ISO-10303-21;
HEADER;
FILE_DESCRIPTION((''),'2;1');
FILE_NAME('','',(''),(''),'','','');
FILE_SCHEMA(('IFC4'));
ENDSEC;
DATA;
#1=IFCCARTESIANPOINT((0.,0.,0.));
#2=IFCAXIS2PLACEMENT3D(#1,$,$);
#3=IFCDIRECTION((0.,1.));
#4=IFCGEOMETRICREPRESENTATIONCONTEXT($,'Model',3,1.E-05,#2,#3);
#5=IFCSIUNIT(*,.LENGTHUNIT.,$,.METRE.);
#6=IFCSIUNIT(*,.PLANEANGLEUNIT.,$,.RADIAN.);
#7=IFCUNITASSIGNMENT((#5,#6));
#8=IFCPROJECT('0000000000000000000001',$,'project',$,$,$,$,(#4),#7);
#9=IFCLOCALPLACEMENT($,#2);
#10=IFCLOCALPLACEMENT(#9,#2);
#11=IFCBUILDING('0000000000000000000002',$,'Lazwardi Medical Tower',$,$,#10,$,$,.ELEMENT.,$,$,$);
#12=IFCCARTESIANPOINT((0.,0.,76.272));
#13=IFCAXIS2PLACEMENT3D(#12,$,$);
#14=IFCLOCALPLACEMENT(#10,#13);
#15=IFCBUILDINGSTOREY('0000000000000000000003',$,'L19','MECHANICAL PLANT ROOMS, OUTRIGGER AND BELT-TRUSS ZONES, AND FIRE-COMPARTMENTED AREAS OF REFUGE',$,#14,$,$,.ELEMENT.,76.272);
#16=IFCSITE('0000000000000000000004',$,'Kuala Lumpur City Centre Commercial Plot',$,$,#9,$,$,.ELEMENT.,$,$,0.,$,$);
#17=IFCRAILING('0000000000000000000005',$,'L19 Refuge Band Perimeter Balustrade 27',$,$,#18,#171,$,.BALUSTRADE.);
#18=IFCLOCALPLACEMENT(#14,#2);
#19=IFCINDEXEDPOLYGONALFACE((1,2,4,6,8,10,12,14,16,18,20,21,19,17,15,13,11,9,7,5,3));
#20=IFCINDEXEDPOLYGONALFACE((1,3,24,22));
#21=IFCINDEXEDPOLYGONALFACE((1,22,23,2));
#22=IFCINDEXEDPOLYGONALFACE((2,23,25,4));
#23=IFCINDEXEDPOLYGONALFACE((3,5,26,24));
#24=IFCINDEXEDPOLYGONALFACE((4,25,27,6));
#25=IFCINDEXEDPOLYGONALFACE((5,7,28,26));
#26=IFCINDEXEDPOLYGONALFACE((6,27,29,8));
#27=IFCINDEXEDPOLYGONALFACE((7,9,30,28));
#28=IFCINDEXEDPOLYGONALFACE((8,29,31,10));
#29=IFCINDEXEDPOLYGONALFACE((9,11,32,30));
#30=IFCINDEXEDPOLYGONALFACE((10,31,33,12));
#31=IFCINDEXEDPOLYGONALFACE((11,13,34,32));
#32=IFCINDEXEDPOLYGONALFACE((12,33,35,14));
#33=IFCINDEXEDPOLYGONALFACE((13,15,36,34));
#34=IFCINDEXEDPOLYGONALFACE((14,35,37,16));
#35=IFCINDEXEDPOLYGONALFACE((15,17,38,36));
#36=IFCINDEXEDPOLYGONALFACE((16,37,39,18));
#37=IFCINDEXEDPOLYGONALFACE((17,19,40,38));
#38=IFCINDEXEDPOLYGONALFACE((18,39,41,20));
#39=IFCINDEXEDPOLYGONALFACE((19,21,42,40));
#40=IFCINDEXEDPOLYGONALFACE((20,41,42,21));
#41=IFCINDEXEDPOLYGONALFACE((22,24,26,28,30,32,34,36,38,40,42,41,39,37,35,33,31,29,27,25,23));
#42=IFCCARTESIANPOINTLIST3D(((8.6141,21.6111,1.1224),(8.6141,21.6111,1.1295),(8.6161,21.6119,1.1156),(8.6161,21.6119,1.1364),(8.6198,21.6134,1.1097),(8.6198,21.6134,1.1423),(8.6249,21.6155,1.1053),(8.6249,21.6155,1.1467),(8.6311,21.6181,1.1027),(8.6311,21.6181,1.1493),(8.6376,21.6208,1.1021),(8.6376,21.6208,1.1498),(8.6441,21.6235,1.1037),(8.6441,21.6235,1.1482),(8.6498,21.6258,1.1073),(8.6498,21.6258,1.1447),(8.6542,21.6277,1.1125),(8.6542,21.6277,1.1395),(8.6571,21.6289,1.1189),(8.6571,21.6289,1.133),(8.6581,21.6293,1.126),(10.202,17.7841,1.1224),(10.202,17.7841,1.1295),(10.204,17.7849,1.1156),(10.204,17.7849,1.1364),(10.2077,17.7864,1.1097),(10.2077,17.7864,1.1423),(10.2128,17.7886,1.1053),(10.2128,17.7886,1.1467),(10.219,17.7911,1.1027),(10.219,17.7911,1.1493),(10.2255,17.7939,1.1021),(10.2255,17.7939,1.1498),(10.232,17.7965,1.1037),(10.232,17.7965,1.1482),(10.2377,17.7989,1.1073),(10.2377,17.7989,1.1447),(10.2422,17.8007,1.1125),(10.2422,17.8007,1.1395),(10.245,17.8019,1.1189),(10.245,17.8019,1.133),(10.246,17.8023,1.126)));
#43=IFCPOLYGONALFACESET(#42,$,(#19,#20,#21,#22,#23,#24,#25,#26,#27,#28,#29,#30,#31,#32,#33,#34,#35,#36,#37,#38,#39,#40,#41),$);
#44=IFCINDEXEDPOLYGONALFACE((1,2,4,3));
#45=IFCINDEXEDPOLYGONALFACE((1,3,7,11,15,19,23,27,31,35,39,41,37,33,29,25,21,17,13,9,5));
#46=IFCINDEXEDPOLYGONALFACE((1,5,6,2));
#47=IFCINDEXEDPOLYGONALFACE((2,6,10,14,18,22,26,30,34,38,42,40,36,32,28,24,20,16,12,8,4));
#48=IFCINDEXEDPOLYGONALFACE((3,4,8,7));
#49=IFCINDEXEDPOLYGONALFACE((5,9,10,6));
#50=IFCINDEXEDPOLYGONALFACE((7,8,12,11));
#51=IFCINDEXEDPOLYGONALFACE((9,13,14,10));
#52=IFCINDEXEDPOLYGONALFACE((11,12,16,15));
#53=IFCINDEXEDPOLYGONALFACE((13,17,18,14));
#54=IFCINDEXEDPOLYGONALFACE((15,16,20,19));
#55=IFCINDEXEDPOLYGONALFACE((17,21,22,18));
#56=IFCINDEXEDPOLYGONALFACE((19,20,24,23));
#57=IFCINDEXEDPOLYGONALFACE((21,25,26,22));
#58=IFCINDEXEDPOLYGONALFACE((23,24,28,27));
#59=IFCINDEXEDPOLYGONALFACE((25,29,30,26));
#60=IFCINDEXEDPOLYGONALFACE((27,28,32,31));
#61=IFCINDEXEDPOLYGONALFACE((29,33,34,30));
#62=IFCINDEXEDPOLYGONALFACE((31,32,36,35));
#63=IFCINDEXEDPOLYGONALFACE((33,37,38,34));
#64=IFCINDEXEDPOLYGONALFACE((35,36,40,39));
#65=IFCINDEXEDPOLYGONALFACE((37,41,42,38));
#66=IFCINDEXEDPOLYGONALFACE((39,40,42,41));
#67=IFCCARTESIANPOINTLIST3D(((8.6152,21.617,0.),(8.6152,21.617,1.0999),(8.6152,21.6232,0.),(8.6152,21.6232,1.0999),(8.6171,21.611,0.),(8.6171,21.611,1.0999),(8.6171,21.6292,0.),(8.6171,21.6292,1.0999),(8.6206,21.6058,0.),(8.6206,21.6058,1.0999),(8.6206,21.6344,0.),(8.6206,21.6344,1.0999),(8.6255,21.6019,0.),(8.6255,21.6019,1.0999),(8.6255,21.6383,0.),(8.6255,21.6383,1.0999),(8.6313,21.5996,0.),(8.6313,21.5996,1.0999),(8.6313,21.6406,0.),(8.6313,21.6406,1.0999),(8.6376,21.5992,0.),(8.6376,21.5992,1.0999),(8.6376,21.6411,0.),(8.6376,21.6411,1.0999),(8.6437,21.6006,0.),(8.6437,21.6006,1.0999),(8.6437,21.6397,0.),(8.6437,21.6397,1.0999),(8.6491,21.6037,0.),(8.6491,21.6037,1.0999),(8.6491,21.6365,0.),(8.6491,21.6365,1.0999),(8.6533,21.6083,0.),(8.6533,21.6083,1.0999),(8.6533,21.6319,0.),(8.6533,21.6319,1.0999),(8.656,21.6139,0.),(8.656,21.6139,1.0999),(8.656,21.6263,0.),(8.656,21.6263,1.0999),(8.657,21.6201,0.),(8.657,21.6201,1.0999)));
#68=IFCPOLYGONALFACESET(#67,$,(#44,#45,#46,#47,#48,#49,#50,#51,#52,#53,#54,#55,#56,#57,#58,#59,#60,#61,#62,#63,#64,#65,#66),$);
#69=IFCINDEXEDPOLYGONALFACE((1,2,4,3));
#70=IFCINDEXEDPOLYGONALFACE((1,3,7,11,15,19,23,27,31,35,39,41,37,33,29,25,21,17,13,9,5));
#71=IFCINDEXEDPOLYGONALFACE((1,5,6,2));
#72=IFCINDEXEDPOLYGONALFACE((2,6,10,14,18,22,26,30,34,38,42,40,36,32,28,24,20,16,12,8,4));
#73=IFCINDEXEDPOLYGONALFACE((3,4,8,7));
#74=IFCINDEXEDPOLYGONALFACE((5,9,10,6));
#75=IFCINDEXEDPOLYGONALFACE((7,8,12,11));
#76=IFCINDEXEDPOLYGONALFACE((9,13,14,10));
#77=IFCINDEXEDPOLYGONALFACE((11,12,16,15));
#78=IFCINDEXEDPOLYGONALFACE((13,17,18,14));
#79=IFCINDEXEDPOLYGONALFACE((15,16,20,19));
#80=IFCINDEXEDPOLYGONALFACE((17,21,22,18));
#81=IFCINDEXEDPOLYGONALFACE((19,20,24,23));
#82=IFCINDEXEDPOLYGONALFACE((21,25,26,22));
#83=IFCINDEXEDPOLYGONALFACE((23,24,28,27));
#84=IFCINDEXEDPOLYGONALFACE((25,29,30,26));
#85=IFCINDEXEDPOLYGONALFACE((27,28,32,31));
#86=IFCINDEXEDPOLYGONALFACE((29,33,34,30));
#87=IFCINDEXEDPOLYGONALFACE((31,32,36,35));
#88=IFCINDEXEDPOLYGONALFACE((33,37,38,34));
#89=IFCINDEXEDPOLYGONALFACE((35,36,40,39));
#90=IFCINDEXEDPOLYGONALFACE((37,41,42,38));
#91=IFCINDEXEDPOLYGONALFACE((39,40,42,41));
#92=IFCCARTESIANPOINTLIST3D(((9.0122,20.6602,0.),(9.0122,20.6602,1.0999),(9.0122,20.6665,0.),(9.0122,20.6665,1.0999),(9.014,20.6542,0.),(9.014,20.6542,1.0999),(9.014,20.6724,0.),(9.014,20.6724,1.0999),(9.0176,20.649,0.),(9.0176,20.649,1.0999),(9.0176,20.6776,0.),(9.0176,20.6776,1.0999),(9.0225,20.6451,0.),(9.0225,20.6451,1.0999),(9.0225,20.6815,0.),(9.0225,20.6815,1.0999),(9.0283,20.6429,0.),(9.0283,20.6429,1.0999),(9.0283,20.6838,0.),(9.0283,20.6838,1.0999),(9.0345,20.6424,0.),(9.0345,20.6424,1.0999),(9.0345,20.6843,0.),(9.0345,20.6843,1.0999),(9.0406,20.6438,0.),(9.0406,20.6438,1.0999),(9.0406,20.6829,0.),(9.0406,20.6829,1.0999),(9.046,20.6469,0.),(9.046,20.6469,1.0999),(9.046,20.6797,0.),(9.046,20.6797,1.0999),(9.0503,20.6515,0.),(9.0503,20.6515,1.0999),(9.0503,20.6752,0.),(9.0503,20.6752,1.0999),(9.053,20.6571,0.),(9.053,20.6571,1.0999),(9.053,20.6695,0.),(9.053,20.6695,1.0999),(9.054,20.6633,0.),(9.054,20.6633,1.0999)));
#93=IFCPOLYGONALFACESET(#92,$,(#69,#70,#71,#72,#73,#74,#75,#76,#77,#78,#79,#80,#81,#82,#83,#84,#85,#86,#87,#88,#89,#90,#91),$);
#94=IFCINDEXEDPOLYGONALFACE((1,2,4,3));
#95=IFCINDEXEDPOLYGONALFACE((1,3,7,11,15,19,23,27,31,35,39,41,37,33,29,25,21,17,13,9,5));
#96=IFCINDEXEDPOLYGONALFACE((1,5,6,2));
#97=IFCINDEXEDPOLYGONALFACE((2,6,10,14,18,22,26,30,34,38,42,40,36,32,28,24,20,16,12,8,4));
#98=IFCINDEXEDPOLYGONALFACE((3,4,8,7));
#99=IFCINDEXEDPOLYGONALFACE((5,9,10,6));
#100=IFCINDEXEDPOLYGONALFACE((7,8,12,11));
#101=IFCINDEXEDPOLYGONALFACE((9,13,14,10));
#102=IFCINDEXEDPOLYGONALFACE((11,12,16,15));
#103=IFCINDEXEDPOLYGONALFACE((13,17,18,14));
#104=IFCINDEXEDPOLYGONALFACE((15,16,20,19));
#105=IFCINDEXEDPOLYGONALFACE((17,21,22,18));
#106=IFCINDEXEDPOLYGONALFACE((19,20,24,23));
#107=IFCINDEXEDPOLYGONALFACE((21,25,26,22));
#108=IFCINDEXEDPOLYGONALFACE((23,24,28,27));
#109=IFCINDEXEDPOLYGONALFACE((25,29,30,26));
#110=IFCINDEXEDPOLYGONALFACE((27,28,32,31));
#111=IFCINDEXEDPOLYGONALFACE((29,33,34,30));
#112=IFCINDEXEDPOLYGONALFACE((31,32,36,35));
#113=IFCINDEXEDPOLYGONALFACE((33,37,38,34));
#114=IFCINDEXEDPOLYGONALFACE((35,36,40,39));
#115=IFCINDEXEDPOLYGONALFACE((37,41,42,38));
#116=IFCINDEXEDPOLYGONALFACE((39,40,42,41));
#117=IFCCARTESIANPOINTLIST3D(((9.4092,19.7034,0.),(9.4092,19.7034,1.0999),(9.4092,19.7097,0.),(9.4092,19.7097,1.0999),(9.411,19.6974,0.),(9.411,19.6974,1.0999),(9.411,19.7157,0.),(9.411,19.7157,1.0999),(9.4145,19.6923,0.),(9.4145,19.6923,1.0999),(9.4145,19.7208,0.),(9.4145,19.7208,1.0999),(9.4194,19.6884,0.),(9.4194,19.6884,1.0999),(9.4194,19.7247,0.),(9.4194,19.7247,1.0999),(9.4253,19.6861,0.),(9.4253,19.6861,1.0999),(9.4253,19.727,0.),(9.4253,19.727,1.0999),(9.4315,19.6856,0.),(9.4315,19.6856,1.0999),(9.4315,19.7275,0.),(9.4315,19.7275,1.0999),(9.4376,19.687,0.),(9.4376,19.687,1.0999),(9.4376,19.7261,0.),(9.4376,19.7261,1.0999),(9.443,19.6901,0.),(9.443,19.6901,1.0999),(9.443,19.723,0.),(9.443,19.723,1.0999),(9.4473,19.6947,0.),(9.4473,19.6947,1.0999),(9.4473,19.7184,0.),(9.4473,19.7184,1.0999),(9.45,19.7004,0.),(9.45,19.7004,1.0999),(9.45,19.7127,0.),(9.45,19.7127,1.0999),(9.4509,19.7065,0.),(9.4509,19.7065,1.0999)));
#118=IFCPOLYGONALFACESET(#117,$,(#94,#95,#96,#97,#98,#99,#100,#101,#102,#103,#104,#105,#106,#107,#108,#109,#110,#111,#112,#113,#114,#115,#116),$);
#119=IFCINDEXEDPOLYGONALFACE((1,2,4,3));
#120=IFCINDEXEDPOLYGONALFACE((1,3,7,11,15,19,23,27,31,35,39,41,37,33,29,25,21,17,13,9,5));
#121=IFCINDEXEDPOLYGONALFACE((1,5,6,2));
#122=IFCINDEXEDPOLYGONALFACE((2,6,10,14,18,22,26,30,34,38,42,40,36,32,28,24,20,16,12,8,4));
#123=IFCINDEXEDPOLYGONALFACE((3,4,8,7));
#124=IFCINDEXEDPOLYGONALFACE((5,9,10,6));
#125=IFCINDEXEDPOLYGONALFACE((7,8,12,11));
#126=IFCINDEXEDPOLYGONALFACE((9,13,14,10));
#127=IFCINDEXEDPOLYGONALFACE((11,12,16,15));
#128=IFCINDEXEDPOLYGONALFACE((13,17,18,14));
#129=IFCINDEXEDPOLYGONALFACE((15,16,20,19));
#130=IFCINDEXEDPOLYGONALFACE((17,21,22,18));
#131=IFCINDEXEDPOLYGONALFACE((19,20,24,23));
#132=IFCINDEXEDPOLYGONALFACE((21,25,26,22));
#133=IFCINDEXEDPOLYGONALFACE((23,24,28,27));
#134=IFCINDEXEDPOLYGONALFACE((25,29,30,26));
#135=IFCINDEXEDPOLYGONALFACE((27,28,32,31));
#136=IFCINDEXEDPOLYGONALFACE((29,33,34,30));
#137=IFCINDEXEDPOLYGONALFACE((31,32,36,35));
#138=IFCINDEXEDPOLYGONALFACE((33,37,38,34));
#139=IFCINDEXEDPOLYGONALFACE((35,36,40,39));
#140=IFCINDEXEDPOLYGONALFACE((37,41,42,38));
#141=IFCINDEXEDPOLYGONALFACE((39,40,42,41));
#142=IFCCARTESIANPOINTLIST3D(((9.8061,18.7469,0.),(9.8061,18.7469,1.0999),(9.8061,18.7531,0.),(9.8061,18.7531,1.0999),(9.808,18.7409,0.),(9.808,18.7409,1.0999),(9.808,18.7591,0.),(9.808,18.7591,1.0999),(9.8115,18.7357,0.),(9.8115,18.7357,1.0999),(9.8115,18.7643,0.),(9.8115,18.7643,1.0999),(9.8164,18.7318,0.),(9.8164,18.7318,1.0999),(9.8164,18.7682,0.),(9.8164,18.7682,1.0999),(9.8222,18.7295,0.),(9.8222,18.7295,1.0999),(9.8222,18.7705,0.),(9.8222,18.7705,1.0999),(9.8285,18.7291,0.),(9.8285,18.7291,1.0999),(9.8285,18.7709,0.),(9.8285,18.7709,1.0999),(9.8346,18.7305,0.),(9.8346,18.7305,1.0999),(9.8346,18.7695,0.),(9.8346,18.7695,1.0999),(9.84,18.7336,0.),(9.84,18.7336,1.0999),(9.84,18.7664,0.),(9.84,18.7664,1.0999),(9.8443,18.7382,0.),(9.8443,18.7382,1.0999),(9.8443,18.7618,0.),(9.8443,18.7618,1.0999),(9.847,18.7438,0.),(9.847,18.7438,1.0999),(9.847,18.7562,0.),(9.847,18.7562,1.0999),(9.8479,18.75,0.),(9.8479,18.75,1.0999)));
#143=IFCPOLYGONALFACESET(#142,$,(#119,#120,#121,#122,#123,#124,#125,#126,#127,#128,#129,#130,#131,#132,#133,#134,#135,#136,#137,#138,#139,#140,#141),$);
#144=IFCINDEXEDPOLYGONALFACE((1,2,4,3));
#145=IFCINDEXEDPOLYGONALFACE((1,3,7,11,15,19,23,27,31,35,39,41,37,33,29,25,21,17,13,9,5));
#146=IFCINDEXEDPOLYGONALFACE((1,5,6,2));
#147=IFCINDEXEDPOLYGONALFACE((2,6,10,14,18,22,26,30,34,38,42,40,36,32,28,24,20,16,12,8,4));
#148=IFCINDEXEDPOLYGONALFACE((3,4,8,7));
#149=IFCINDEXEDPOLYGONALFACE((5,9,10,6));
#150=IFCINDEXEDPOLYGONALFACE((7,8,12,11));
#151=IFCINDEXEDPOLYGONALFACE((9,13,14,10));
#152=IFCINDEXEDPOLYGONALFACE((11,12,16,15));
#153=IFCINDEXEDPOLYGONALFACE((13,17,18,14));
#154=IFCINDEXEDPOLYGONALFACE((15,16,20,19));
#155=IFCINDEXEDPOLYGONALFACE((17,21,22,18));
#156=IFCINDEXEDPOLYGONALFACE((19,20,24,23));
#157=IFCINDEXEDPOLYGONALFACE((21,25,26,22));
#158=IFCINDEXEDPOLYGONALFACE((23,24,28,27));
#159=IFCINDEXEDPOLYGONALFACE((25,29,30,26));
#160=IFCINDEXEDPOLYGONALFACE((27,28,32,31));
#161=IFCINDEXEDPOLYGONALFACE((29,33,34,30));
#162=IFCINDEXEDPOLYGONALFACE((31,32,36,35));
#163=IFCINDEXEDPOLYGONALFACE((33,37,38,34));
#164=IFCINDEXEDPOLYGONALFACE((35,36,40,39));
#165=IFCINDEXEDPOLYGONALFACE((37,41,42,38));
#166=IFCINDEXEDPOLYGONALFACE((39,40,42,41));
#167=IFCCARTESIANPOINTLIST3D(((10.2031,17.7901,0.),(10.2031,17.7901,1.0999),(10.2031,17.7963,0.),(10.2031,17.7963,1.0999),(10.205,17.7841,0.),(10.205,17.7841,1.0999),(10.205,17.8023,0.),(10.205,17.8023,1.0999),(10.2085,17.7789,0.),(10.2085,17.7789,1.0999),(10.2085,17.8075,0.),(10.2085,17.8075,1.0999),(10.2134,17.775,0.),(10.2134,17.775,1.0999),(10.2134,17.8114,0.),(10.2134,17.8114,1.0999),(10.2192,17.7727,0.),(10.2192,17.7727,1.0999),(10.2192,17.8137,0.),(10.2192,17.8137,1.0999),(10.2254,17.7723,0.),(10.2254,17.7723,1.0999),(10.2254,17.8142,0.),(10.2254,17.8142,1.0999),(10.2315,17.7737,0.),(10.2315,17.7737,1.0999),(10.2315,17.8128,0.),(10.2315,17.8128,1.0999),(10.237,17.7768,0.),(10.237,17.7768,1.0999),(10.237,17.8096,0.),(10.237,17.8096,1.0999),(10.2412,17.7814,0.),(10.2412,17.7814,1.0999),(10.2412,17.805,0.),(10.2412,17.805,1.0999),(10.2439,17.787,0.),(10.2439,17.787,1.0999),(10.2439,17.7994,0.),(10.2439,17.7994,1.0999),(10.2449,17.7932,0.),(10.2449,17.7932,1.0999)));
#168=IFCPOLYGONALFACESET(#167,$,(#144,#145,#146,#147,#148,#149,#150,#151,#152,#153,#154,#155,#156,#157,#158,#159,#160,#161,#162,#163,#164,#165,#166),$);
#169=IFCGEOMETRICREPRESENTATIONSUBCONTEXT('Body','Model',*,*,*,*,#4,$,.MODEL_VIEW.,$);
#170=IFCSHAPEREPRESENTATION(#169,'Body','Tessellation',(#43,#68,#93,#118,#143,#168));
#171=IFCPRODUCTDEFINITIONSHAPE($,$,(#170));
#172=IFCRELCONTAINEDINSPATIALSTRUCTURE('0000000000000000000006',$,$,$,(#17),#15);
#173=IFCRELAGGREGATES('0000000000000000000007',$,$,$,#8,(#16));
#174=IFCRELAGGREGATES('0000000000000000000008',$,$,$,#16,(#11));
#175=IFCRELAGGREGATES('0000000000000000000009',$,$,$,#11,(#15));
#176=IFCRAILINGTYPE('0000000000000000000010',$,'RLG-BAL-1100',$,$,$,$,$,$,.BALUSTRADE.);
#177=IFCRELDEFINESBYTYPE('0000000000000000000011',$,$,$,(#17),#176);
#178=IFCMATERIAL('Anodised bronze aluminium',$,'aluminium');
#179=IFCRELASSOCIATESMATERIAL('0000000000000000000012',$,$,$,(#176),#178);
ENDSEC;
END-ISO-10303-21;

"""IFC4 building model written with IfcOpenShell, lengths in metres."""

from ifc_helpers import new_model, si_unit, direction, frame, origin, origin_2d, place, context, subcontext, project, spatial, circle, extrude, material, type_object, element, save


model = new_model("IFC4")

# Units and contexts
model_context = context("Model", 3, precision=1e-05, world=origin(), true_north=direction((0.0, 1.0)))
body_context = subcontext(model_context, "Body", "Model", "MODEL_VIEW")
ifc_project = project(units=[si_unit("LENGTHUNIT", "METRE"), si_unit("PLANEANGLEUNIT", "RADIAN")], contexts=[model_context])

# Site, building, storey
site_placement = place(None, origin())
site = spatial("IfcSite", under=ifc_project, at=site_placement, Name="Kuala Lumpur City Centre Commercial Plot", CompositionType="ELEMENT", RefElevation=0.0)
building_placement = place(site_placement, origin())
building = spatial("IfcBuilding", under=site, at=building_placement, Name="Lazwardi Medical Tower", CompositionType="ELEMENT")
storey_placement = place(building_placement, frame((0.0, 0.0, 76.272)))
storey = spatial("IfcBuildingStorey", under=building, at=storey_placement, Name="L19", Description="MECHANICAL PLANT ROOMS, OUTRIGGER AND BELT-TRUSS ZONES, AND FIRE-COMPARTMENTED AREAS OF REFUGE", CompositionType="ELEMENT", Elevation=76.272)

# Railing
ifc_material_1 = material(Name="Anodised bronze aluminium", Category="aluminium")
railing_type = type_object("IfcRailingType", Name="RLG-BAL-1100", PredefinedType="BALUSTRADE", material=ifc_material_1)
railing_1_placement = place(storey_placement, frame((8.636, 21.6201, 0.0)))
element("IfcRailing", 1, at=railing_1_placement, inside=storey, type_object=railing_type, Name="L19 Refuge Band Perimeter Balustrade 27", PredefinedType="BALUSTRADE", context=body_context, shape_type="SweptSolid", body=[
    extrude(circle(Radius=0.0239, at=origin_2d()), frame((0.0, 0.0, 1.126), z_axis=(0.383247, -0.923646, 0.0), x_axis=(0.923646, 0.383247, 0.0)), (0.0, 0.0, 1.0), 4.1433),
    extrude(circle(Radius=0.021, at=origin_2d()), origin(), (0.0, 0.0, 1.0), 1.0999),
    extrude(circle(Radius=0.021, at=origin_2d()), frame((0.397, -0.9568, 0.0)), (0.0, 0.0, 1.0), 1.0999),
    extrude(circle(Radius=0.021, at=origin_2d()), frame((0.7939, -1.9136, 0.0)), (0.0, 0.0, 1.0), 1.0999),
    extrude(circle(Radius=0.021, at=origin_2d()), frame((1.1909, -2.8701, 0.0)), (0.0, 0.0, 1.0), 1.0999),
    extrude(circle(Radius=0.021, at=origin_2d()), frame((1.5879, -3.8269, 0.0)), (0.0, 0.0, 1.0), 1.0999),
])

save(model, "model.ifc")
